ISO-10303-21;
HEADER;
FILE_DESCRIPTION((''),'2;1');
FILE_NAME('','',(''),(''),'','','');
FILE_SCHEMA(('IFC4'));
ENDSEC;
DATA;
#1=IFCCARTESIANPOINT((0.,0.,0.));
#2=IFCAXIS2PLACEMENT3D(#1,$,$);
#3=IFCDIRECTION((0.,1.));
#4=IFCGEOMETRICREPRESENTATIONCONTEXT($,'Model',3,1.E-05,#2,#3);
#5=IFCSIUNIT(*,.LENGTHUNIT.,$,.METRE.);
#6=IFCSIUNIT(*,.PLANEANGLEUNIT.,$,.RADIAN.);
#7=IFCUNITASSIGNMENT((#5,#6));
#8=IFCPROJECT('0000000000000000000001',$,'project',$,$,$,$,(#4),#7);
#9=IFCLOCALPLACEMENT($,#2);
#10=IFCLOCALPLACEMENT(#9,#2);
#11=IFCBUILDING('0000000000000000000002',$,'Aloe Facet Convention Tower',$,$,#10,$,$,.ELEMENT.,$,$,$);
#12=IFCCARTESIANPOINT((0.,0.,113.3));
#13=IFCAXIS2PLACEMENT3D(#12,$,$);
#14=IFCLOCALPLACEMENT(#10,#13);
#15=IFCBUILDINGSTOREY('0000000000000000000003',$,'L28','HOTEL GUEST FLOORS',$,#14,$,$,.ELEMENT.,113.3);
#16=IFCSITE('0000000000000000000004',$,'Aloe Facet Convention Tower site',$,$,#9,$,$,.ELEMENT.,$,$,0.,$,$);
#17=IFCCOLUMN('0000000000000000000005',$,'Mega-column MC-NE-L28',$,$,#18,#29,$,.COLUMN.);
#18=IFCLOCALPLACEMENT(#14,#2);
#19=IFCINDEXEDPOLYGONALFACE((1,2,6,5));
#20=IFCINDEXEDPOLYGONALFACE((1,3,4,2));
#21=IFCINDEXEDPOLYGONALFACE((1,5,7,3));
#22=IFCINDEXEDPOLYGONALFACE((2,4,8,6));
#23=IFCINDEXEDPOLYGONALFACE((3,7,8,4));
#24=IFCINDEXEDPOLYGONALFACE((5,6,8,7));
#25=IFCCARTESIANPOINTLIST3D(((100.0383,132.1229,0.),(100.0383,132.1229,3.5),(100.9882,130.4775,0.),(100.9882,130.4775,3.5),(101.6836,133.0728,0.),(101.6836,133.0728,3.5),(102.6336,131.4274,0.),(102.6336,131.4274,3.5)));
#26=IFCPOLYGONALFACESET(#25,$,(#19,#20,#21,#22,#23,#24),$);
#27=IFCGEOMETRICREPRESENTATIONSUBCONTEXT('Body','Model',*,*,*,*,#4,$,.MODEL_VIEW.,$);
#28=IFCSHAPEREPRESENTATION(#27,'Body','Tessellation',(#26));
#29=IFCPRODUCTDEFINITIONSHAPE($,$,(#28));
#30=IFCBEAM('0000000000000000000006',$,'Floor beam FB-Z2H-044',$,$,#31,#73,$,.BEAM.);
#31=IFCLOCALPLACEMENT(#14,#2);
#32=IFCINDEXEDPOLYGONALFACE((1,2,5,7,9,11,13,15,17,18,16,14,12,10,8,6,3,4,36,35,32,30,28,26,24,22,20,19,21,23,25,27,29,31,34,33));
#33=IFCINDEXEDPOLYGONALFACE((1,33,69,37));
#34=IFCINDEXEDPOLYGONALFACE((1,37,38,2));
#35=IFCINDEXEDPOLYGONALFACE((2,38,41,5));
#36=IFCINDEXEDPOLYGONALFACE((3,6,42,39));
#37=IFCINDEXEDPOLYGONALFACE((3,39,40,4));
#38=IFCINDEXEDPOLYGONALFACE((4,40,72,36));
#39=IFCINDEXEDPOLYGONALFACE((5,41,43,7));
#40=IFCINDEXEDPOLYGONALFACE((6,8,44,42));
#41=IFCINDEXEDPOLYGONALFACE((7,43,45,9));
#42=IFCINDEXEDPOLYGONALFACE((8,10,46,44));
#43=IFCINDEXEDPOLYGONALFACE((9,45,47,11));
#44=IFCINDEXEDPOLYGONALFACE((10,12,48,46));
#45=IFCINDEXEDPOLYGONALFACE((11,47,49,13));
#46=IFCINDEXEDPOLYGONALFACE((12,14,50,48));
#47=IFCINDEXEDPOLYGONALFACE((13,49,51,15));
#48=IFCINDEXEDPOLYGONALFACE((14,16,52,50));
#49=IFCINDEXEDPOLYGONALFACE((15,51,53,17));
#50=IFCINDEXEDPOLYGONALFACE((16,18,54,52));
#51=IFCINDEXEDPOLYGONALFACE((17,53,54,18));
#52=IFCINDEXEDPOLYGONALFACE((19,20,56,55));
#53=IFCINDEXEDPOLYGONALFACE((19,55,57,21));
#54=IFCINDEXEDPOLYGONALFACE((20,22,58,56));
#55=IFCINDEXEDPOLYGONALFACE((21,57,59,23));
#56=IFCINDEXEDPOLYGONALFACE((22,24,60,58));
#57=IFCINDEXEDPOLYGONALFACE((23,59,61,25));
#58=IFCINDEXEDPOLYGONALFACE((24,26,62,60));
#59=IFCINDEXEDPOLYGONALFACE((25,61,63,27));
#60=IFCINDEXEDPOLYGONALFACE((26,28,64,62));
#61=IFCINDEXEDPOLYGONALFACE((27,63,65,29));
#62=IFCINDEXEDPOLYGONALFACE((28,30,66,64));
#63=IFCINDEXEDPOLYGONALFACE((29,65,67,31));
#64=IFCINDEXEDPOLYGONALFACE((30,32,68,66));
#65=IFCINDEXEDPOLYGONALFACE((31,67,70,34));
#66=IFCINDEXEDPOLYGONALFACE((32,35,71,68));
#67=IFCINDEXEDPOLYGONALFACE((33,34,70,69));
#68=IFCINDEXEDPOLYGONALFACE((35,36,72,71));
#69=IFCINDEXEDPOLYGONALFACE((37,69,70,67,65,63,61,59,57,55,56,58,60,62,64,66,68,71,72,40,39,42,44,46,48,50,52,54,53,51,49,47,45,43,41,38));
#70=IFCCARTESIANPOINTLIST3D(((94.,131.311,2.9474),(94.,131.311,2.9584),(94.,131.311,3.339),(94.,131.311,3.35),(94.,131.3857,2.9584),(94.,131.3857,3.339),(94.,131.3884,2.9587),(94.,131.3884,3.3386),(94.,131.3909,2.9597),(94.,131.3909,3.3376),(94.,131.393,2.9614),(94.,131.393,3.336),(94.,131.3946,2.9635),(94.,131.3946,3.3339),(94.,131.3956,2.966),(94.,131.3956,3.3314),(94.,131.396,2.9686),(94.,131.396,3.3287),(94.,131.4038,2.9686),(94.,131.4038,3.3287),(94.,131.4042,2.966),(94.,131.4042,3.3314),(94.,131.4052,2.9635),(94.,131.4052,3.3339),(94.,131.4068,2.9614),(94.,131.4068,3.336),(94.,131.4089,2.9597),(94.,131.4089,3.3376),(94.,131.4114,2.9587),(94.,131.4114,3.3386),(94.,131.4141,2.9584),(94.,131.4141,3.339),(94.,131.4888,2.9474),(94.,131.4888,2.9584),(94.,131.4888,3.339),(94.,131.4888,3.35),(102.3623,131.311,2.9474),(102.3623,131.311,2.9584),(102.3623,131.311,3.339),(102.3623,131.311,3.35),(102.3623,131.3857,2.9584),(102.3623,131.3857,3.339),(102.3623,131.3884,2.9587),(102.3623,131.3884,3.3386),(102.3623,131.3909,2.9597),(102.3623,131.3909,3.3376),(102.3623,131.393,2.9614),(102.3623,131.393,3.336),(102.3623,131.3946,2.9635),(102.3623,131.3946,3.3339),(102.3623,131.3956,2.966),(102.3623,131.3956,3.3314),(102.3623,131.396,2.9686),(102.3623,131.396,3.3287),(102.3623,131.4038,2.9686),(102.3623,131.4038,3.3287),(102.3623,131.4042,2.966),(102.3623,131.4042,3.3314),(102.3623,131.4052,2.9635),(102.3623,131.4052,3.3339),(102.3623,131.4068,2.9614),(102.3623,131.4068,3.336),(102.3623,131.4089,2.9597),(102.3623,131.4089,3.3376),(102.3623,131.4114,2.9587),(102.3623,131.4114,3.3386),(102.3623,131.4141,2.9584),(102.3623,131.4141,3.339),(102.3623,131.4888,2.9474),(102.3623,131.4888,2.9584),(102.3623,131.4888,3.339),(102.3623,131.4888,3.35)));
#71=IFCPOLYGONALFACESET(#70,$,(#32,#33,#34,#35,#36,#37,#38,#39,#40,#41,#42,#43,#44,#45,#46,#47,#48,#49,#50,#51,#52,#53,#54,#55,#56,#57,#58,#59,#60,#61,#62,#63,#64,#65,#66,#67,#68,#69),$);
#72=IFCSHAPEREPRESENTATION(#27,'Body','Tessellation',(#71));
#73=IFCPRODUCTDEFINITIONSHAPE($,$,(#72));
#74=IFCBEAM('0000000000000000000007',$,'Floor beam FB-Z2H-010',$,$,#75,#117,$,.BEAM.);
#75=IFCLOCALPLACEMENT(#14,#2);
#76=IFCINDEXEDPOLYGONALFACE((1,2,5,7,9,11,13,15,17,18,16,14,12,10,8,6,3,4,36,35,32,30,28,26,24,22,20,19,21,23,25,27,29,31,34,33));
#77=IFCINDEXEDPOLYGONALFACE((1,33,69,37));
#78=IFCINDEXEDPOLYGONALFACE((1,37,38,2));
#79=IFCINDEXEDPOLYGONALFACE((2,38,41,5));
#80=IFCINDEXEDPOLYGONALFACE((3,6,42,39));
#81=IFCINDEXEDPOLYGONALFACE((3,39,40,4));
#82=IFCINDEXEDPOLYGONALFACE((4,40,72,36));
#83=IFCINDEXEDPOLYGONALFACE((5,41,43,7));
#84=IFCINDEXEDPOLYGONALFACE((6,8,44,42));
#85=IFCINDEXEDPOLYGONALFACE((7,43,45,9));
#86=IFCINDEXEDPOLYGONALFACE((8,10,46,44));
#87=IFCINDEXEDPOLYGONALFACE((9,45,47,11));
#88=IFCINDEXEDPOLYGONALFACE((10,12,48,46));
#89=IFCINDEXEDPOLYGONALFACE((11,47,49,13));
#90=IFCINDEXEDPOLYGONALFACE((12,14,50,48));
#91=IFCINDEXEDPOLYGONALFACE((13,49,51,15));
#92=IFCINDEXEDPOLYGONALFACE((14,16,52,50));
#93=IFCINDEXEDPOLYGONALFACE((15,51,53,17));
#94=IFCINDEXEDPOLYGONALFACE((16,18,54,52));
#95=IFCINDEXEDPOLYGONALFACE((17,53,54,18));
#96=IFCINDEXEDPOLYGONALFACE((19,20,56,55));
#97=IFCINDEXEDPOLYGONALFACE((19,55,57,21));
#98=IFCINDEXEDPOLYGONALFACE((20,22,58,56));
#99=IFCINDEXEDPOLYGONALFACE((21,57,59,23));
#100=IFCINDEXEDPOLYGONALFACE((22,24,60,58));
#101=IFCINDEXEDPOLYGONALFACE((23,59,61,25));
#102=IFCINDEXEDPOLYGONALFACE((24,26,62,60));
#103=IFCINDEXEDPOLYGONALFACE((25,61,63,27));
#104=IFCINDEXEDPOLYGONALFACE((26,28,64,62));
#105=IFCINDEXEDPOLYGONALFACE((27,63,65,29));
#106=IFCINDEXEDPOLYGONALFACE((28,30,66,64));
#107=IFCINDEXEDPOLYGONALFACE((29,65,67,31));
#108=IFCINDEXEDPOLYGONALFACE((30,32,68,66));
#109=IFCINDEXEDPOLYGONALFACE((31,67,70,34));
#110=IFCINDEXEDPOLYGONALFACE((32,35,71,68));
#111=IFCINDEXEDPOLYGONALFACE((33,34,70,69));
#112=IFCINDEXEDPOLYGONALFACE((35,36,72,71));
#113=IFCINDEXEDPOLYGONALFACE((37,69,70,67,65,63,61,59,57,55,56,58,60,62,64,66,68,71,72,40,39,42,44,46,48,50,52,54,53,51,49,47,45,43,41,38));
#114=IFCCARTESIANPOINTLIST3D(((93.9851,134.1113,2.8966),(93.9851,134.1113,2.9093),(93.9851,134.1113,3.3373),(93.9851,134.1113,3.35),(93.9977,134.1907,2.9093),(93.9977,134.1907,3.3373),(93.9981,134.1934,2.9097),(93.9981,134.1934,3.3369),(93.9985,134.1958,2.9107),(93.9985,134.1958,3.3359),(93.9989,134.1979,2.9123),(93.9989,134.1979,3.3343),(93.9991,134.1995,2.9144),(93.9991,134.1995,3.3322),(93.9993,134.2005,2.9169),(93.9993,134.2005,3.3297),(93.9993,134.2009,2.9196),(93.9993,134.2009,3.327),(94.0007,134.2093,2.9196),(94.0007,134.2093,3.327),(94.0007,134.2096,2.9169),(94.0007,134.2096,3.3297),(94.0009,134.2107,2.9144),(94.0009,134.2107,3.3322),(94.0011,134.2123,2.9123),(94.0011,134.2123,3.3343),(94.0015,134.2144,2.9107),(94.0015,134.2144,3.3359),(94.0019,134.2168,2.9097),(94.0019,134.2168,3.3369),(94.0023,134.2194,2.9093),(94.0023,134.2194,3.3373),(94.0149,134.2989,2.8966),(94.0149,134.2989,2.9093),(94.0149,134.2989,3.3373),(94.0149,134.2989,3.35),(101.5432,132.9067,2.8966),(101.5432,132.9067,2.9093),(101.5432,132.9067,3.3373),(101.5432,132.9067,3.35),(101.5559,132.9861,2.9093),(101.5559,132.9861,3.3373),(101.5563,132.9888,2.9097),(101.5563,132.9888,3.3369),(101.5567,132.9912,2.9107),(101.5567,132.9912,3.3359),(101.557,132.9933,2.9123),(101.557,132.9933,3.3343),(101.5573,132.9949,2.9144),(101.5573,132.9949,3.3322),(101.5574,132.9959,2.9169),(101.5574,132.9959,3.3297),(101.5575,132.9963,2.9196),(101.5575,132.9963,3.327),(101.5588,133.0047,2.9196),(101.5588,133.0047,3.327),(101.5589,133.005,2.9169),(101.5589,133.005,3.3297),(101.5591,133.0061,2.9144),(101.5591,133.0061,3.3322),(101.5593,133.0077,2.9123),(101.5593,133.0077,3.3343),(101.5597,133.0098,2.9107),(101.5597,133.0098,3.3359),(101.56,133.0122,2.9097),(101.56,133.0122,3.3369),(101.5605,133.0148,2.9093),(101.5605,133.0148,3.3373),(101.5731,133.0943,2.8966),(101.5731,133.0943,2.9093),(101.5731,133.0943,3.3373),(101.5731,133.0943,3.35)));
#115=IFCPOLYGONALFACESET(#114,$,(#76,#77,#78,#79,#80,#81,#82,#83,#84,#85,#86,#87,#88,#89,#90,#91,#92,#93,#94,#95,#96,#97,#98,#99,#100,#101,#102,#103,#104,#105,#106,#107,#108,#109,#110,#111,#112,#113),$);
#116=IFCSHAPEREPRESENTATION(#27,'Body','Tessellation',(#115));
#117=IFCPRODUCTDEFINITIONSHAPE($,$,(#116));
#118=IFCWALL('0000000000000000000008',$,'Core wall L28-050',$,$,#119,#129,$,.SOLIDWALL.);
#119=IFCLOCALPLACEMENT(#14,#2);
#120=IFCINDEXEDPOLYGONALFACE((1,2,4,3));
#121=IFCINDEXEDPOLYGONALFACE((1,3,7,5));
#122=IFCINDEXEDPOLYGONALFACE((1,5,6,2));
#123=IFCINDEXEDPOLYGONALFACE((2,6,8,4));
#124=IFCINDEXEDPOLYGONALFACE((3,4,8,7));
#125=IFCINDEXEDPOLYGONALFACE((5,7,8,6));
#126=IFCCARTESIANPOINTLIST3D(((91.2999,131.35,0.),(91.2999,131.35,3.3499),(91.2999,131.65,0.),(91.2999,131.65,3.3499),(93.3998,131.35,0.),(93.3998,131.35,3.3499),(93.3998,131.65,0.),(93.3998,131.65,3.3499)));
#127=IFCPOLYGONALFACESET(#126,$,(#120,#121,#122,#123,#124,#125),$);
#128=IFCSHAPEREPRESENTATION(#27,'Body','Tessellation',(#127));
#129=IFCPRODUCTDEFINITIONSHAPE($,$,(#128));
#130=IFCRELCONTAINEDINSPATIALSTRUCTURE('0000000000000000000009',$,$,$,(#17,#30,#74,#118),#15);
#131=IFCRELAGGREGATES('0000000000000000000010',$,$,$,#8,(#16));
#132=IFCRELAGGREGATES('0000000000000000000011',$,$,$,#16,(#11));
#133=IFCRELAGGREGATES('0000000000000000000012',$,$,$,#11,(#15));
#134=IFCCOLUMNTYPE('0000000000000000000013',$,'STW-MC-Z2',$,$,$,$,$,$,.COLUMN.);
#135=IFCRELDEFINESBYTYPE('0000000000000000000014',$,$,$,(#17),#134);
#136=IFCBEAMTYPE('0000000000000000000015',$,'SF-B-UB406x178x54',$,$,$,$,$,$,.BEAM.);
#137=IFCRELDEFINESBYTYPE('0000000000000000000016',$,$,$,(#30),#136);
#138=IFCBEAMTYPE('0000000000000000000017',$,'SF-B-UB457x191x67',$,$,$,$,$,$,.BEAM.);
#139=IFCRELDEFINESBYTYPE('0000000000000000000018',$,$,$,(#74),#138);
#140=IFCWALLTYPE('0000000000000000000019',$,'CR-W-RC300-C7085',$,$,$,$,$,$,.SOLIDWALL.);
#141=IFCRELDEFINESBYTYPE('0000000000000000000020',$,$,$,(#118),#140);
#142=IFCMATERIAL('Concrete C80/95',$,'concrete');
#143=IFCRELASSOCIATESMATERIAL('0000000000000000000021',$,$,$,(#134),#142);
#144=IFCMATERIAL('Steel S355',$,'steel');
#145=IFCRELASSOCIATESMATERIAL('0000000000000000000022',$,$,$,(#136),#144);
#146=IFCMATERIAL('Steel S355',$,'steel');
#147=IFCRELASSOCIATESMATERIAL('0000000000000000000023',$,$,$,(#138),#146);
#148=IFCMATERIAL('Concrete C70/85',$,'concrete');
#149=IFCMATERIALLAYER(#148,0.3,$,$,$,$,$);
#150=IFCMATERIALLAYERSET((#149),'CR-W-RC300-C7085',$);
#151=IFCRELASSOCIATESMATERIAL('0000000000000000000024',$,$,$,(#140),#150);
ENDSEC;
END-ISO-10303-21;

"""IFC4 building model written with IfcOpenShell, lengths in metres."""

from ifc_helpers import new_model, si_unit, direction, frame, frame_2d, origin, origin_2d, place, context, subcontext, project, spatial, rectangle, i_section, extrude, material, layer, layer_set, material_profile, profile_set, type_object, element, save


model = new_model("IFC4")

# Units and contexts
model_context = context("Model", 3, precision=1e-05, world=origin(), true_north=direction((0.0, 1.0)))
body_context = subcontext(model_context, "Body", "Model", "MODEL_VIEW")
ifc_project = project(units=[si_unit("LENGTHUNIT", "METRE"), si_unit("PLANEANGLEUNIT", "RADIAN")], contexts=[model_context])

# Site, building, storey
site_placement = place(None, origin())
site = spatial("IfcSite", under=ifc_project, at=site_placement, Name="Aloe Facet Convention Tower site", CompositionType="ELEMENT", RefElevation=0.0)
building_placement = place(site_placement, origin())
building = spatial("IfcBuilding", under=site, at=building_placement, Name="Aloe Facet Convention Tower", CompositionType="ELEMENT")
storey_placement = place(building_placement, frame((0.0, 0.0, 113.3)))
storey = spatial("IfcBuildingStorey", under=building, at=storey_placement, Name="L28", Description="HOTEL GUEST FLOORS", CompositionType="ELEMENT", Elevation=113.3)

# Column
ifc_material_1 = material(Name="Concrete C80/95", Category="concrete")
ifc_material_profile_1 = material_profile(ifc_material_1, rectangle(XDim=1.8999, YDim=1.8999, at=origin_2d()), Name="STW-MC-Z2")
ifc_profile_set_1 = profile_set([ifc_material_profile_1], Name="Concrete C80/95")
column_type = type_object("IfcColumnType", Name="STW-MC-Z2", PredefinedType="COLUMN", material=ifc_profile_set_1)
column_placement = place(storey_placement, frame((101.3359, 131.7751, 0.0), z_axis=(0.0, 0.0, 1.0), x_axis=(-0.5, 0.866025, 0.0)))
element("IfcColumn", 1, at=column_placement, inside=storey, type_object=column_type, Name="Mega-column MC-NE-L28", PredefinedType="COLUMN", context=body_context, shape_type="SweptSolid", body=[
    extrude(rectangle(XDim=1.8999, YDim=1.8999, at=origin_2d()), origin(), (0.0, 0.0, 1.0), 3.5),
])

# Beams
ifc_material_2 = material(Name="Steel S355", Category="steel")
ifc_material_profile_2 = material_profile(ifc_material_2, i_section(OverallWidth=0.1777, OverallDepth=0.4026, WebThickness=0.0078, FlangeThickness=0.011, FilletRadius=0.0103, at=origin_2d()), Name="UB 406x178x54")
ifc_profile_set_2 = profile_set([ifc_material_profile_2], Name="Steel S355")
beam_type_1 = type_object("IfcBeamType", Name="SF-B-UB406x178x54", PredefinedType="BEAM", material=ifc_profile_set_2)
beam_1_placement = place(storey_placement, frame((94.0, 131.3999, 3.1487), z_axis=(1.0, 0.0, 0.0), x_axis=(0.0, 1.0, 0.0)))
element("IfcBeam", 2, at=beam_1_placement, inside=storey, type_object=beam_type_1, Name="Floor beam FB-Z2H-044", PredefinedType="BEAM", context=body_context, shape_type="SweptSolid", body=[
    extrude(i_section(OverallWidth=0.1777, OverallDepth=0.4026, WebThickness=0.0078, FlangeThickness=0.011, FilletRadius=0.0103, at=origin_2d()), origin(), (0.0, 0.0, 1.0), 8.3623),
])
ifc_material_3 = material(Name="Steel S355", Category="steel")
ifc_material_profile_3 = material_profile(ifc_material_3, i_section(OverallWidth=0.1899, OverallDepth=0.4534, WebThickness=0.0085, FlangeThickness=0.0127, FilletRadius=0.0103, at=origin_2d()), Name="UB 457x191x67")
ifc_profile_set_3 = profile_set([ifc_material_profile_3], Name="Steel S355")
beam_type_2 = type_object("IfcBeamType", Name="SF-B-UB457x191x67", PredefinedType="BEAM", material=ifc_profile_set_3)
beam_2_placement = place(storey_placement, frame((94.0, 134.2051, 3.1233), z_axis=(0.987536, -0.157391, 0.0), x_axis=(0.157391, 0.987536, 0.0)))
element("IfcBeam", 3, at=beam_2_placement, inside=storey, type_object=beam_type_2, Name="Floor beam FB-Z2H-010", PredefinedType="BEAM", context=body_context, shape_type="SweptSolid", body=[
    extrude(i_section(OverallWidth=0.1899, OverallDepth=0.4534, WebThickness=0.0085, FlangeThickness=0.0127, FilletRadius=0.0103, at=origin_2d()), origin(), (0.0, 0.0, 1.0), 7.6536),
])

# Wall
ifc_material_4 = material(Name="Concrete C70/85", Category="concrete")
ifc_layer_1 = layer(ifc_material_4, 0.3)
ifc_layer_set_1 = layer_set([ifc_layer_1], Name="CR-W-RC300-C7085")
wall_type_1 = type_object("IfcWallType", Name="CR-W-RC300-C7085", PredefinedType="SOLIDWALL", material=ifc_layer_set_1)
wall_1_placement = place(storey_placement, frame((91.3, 131.5, 0.0), z_axis=(0.0, 0.0, 1.0), x_axis=(1.0, 0.0, 0.0)))
element("IfcWall", 4, at=wall_1_placement, inside=storey, type_object=wall_type_1, Name="Core wall L28-050", PredefinedType="SOLIDWALL", context=body_context, shape_type="SweptSolid", body=[
    extrude(rectangle(XDim=2.0999, YDim=0.3, at=frame_2d((1.0498, 0.0))), origin(), (0.0, 0.0, 1.0), 3.3499),
])

save(model, "model.ifc")
